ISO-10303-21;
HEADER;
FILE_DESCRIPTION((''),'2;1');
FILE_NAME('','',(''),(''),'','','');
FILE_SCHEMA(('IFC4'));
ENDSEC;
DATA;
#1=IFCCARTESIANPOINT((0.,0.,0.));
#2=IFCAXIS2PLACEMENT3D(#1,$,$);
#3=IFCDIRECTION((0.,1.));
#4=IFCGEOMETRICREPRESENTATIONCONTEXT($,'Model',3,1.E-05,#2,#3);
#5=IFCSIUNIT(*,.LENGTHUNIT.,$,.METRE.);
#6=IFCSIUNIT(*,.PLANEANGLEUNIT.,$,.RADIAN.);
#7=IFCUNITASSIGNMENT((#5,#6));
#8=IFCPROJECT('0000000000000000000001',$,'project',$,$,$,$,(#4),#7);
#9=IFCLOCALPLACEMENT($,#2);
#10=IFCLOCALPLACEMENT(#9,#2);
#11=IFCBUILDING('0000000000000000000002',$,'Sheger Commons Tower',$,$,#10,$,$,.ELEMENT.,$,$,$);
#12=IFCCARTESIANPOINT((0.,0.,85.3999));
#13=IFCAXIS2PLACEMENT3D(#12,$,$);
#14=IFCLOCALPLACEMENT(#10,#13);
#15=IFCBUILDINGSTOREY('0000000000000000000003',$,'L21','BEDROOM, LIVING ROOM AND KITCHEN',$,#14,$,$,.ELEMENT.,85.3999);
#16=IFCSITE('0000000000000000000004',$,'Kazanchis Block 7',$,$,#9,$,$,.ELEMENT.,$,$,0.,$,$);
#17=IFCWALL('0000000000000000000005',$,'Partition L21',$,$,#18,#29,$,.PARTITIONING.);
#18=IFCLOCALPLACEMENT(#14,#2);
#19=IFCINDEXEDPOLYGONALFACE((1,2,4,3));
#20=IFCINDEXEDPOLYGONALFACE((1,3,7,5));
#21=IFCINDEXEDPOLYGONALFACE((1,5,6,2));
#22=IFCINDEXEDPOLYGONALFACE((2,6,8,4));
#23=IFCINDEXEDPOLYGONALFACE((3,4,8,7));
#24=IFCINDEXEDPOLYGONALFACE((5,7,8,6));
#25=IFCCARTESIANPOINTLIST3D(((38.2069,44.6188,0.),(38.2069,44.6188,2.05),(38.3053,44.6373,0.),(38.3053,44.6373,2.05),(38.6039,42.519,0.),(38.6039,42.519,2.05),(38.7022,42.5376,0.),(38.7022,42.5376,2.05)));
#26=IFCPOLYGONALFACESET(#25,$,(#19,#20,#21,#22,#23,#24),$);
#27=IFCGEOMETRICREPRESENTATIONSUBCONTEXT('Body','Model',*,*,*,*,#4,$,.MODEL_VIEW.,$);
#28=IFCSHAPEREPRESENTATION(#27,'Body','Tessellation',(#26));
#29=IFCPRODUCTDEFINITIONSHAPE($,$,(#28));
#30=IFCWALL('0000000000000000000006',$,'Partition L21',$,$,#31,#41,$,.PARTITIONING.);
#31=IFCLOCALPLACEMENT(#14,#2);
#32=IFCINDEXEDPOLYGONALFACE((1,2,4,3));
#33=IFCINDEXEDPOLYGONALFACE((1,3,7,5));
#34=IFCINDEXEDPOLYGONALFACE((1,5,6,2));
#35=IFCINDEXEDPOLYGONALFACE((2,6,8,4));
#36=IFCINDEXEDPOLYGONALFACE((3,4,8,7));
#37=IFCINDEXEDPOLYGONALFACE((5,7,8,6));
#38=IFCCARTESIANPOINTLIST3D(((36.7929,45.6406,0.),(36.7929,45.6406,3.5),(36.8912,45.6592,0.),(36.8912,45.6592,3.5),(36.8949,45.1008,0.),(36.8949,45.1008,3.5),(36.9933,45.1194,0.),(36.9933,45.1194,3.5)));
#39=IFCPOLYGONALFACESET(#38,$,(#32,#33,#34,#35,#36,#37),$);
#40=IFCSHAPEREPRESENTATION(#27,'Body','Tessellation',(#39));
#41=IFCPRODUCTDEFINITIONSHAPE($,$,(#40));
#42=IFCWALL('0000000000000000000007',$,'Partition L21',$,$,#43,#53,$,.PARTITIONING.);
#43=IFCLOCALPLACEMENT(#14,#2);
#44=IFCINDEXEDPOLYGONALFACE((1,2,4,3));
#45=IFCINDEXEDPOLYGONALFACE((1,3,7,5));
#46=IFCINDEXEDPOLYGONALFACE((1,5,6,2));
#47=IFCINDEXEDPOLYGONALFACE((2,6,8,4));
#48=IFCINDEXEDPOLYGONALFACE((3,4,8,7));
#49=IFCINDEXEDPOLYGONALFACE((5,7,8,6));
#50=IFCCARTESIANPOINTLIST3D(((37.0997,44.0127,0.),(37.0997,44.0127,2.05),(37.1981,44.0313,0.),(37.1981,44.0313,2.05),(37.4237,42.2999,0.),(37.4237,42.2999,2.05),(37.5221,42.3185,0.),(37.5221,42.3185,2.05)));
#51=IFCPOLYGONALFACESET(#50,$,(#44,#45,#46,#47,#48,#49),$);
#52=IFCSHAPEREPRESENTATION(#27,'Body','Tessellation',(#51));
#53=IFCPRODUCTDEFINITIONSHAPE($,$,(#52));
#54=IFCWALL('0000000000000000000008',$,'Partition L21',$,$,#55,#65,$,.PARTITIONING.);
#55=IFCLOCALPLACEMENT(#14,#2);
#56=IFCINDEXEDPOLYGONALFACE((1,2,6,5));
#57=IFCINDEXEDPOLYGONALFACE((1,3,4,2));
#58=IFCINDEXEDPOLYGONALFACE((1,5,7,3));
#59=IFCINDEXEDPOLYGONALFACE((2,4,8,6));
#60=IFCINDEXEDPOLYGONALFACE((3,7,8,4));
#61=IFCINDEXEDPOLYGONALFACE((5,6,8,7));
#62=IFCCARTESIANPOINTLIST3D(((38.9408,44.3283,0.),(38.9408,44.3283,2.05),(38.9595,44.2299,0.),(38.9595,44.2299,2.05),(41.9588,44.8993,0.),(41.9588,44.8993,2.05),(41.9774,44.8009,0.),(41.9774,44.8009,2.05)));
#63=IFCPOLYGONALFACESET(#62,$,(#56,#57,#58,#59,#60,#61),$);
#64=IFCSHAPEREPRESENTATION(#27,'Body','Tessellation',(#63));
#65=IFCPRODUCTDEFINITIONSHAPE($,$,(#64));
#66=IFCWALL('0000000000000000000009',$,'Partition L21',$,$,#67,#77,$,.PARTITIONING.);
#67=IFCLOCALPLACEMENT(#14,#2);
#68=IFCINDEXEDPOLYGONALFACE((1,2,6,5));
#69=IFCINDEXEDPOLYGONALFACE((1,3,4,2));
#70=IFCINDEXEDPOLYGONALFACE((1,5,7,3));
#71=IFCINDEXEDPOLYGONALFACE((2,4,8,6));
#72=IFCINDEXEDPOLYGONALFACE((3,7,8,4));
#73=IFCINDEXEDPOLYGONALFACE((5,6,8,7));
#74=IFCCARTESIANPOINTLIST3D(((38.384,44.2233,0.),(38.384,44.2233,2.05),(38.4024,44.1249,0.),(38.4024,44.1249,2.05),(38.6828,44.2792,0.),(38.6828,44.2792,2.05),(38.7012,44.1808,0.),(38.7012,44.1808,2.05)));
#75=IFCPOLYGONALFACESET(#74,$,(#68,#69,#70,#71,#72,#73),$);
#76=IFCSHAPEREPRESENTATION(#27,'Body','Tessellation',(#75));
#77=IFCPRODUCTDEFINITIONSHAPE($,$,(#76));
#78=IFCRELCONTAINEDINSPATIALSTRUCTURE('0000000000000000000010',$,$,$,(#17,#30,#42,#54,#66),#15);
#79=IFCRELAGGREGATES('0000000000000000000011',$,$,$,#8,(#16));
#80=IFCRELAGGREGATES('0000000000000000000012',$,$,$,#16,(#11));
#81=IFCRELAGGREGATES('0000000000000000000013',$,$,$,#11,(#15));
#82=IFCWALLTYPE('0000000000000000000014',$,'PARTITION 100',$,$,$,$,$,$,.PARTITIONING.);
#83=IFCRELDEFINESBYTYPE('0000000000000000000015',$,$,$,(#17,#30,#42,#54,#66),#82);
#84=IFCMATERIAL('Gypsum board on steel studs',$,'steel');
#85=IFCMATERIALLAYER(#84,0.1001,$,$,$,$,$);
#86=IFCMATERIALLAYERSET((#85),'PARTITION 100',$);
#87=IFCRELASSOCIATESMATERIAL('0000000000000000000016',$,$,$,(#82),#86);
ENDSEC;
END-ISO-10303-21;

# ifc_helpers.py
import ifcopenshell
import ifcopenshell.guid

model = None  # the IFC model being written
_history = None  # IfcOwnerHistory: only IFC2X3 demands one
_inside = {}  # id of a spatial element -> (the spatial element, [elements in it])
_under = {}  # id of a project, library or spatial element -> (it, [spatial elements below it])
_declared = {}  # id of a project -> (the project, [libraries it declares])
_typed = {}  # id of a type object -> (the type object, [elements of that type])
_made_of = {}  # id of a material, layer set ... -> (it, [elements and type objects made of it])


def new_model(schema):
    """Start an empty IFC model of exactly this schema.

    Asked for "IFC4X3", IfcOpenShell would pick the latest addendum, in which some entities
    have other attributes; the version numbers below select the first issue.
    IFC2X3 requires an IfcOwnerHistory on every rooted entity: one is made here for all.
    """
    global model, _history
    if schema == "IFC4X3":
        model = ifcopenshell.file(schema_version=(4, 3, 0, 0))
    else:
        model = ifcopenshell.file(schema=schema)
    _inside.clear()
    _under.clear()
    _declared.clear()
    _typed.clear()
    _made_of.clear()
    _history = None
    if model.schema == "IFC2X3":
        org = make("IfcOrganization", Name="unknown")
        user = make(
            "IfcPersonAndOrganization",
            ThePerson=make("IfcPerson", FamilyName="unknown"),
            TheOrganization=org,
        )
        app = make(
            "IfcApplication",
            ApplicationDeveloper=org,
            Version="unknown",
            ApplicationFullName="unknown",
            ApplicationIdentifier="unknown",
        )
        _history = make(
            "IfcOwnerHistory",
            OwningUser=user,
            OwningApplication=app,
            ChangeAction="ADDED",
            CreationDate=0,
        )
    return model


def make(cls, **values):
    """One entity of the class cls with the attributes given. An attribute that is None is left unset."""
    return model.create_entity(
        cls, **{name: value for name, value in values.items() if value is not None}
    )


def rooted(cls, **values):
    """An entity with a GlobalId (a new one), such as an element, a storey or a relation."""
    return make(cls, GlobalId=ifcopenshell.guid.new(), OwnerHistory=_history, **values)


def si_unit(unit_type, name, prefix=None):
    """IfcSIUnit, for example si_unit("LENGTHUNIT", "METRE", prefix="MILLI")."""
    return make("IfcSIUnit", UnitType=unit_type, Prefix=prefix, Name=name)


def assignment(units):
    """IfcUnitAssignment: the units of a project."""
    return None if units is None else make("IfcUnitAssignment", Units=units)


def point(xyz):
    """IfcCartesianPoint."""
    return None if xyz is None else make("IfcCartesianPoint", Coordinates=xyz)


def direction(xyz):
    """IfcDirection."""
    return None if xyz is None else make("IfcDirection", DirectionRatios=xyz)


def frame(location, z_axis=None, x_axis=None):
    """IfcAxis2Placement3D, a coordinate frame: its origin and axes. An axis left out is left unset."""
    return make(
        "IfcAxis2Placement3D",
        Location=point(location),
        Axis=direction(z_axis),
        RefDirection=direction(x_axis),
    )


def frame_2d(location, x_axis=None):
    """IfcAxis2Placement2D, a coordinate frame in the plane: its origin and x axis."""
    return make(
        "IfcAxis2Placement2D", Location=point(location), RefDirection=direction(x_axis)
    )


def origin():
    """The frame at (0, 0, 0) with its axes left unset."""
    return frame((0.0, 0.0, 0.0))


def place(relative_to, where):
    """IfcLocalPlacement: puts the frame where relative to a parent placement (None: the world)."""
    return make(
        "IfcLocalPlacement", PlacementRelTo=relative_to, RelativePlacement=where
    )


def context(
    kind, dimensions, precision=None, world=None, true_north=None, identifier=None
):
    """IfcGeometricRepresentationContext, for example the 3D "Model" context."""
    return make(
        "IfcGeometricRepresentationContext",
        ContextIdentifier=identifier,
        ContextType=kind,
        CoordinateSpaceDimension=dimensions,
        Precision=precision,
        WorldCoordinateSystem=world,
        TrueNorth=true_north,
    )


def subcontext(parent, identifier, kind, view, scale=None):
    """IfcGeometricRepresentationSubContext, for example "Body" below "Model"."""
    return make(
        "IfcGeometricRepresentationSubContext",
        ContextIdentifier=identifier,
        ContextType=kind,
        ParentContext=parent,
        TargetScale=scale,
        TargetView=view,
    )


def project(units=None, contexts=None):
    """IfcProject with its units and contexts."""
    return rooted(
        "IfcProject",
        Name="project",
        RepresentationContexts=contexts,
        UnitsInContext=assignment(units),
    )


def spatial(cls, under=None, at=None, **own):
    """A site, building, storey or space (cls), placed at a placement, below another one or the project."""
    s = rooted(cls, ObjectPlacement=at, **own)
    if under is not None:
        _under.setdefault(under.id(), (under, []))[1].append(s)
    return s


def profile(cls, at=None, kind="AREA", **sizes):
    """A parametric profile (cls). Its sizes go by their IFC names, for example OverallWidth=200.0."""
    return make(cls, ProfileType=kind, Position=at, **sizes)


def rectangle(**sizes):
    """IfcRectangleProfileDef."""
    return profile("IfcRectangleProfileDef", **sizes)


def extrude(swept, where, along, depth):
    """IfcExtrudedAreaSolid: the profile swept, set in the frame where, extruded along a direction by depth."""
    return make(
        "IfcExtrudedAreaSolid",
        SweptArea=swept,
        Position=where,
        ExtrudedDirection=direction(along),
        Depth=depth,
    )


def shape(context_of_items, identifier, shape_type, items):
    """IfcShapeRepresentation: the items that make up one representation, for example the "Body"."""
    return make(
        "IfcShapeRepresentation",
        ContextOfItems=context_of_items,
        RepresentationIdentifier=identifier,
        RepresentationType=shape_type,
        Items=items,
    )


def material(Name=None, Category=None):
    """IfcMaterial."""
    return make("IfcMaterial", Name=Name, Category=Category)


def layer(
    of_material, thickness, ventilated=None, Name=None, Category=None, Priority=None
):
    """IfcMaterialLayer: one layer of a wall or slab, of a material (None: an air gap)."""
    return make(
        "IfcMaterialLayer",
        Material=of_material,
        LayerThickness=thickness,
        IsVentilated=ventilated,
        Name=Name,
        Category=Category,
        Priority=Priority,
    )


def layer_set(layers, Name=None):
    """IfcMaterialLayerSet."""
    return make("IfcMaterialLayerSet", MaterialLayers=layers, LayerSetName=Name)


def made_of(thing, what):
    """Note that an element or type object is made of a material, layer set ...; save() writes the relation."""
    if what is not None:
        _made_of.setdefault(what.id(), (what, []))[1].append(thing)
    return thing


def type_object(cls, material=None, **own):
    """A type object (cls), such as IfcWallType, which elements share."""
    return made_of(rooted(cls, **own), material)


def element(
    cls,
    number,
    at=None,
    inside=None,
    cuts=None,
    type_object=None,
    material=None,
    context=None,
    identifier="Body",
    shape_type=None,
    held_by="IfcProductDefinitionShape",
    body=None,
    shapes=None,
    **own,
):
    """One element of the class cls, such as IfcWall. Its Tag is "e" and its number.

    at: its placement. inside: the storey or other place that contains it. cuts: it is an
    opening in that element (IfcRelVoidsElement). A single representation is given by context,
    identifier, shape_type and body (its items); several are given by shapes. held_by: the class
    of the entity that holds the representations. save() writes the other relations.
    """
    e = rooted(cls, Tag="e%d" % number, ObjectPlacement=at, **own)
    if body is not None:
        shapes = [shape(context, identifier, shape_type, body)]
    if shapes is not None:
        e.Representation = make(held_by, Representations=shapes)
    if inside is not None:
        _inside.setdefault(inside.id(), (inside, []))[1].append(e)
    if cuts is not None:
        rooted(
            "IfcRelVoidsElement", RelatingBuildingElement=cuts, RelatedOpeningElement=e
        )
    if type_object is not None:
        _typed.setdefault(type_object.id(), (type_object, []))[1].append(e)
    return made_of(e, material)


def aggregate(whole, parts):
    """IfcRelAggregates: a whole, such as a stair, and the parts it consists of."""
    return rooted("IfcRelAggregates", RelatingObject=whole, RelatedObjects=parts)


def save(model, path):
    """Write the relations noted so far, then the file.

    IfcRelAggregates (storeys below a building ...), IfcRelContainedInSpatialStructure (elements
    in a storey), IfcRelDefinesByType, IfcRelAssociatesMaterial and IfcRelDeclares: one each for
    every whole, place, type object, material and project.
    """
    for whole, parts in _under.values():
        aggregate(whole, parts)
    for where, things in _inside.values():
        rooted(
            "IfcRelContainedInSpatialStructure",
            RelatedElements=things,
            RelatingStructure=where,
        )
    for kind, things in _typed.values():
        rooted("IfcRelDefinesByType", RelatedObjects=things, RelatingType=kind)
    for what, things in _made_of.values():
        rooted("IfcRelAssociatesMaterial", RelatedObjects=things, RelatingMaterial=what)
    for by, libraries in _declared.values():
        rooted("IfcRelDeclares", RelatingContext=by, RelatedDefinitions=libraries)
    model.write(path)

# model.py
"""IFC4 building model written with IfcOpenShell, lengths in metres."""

from ifc_helpers import new_model, si_unit, direction, frame, frame_2d, origin, place, context, subcontext, project, spatial, rectangle, extrude, material, layer, layer_set, type_object, element, save


model = new_model("IFC4")

# Units and contexts
model_context = context("Model", 3, precision=1e-05, world=origin(), true_north=direction((0.0, 1.0)))
body_context = subcontext(model_context, "Body", "Model", "MODEL_VIEW")
ifc_project = project(units=[si_unit("LENGTHUNIT", "METRE"), si_unit("PLANEANGLEUNIT", "RADIAN")], contexts=[model_context])

# Site, building, storey
site_placement = place(None, origin())
site = spatial("IfcSite", under=ifc_project, at=site_placement, Name="Kazanchis Block 7", CompositionType="ELEMENT", RefElevation=0.0)
building_placement = place(site_placement, origin())
building = spatial("IfcBuilding", under=site, at=building_placement, Name="Sheger Commons Tower", CompositionType="ELEMENT")
storey_placement = place(building_placement, frame((0.0, 0.0, 85.3999)))
storey = spatial("IfcBuildingStorey", under=building, at=storey_placement, Name="L21", Description="BEDROOM, LIVING ROOM AND KITCHEN", CompositionType="ELEMENT", Elevation=85.3999)

# Walls
ifc_material_1 = material(Name="Gypsum board on steel studs", Category="steel")
ifc_layer_1 = layer(ifc_material_1, 0.1001)
ifc_layer_set_1 = layer_set([ifc_layer_1], Name="PARTITION 100")
wall_type_1 = type_object("IfcWallType", Name="PARTITION 100", PredefinedType="PARTITIONING", material=ifc_layer_set_1)
wall_1_placement = place(storey_placement, frame((38.2561, 44.6279, 0.0), z_axis=(0.0, 0.0, 1.0), x_axis=(0.185758, -0.982596, 0.0)))
element("IfcWall", 1, at=wall_1_placement, inside=storey, type_object=wall_type_1, Name="Partition L21", PredefinedType="PARTITIONING", context=body_context, shape_type="SweptSolid", body=[
    extrude(rectangle(XDim=2.137, YDim=0.1001, at=frame_2d((1.0684, 0.0))), origin(), (0.0, 0.0, 1.0), 2.05),
])
wall_2_placement = place(storey_placement, frame((36.842, 45.6499, 0.0), z_axis=(0.0, 0.0, 1.0), x_axis=(0.185764, -0.982594, 0.0)))
element("IfcWall", 2, at=wall_2_placement, inside=storey, type_object=wall_type_1, Name="Partition L21", PredefinedType="PARTITIONING", context=body_context, shape_type="SweptSolid", body=[
    extrude(rectangle(XDim=0.5493, YDim=0.1001, at=frame_2d((0.2747, 0.0))), origin(), (0.0, 0.0, 1.0), 3.5),
])
wall_3_placement = place(storey_placement, frame((37.1489, 44.022, 0.0), z_axis=(0.0, 0.0, 1.0), x_axis=(0.185844, -0.982579, 0.0)))
element("IfcWall", 3, at=wall_3_placement, inside=storey, type_object=wall_type_1, Name="Partition L21", PredefinedType="PARTITIONING", context=body_context, shape_type="SweptSolid", body=[
    extrude(rectangle(XDim=1.7432, YDim=0.1001, at=frame_2d((0.8716, 0.0))), origin(), (0.0, 0.0, 1.0), 2.05),
])
wall_4_placement = place(storey_placement, frame((41.968, 44.8501, 0.0), z_axis=(0.0, 0.0, 1.0), x_axis=(-0.982567, -0.18591, 0.0)))
element("IfcWall", 4, at=wall_4_placement, inside=storey, type_object=wall_type_1, Name="Partition L21", PredefinedType="PARTITIONING", context=body_context, shape_type="SweptSolid", body=[
    extrude(rectangle(XDim=3.0715, YDim=0.1001, at=frame_2d((1.5356, 0.0))), origin(), (0.0, 0.0, 1.0), 2.05),
])
wall_5_placement = place(storey_placement, frame((38.6919, 44.23, 0.0), z_axis=(0.0, 0.0, 1.0), x_axis=(-0.982945, -0.183901, 0.0)))
element("IfcWall", 5, at=wall_5_placement, inside=storey, type_object=wall_type_1, Name="Partition L21", PredefinedType="PARTITIONING", context=body_context, shape_type="SweptSolid", body=[
    extrude(rectangle(XDim=0.304, YDim=0.1001, at=frame_2d((0.1519, 0.0))), origin(), (0.0, 0.0, 1.0), 2.05),
])

save(model, "model.ifc")
